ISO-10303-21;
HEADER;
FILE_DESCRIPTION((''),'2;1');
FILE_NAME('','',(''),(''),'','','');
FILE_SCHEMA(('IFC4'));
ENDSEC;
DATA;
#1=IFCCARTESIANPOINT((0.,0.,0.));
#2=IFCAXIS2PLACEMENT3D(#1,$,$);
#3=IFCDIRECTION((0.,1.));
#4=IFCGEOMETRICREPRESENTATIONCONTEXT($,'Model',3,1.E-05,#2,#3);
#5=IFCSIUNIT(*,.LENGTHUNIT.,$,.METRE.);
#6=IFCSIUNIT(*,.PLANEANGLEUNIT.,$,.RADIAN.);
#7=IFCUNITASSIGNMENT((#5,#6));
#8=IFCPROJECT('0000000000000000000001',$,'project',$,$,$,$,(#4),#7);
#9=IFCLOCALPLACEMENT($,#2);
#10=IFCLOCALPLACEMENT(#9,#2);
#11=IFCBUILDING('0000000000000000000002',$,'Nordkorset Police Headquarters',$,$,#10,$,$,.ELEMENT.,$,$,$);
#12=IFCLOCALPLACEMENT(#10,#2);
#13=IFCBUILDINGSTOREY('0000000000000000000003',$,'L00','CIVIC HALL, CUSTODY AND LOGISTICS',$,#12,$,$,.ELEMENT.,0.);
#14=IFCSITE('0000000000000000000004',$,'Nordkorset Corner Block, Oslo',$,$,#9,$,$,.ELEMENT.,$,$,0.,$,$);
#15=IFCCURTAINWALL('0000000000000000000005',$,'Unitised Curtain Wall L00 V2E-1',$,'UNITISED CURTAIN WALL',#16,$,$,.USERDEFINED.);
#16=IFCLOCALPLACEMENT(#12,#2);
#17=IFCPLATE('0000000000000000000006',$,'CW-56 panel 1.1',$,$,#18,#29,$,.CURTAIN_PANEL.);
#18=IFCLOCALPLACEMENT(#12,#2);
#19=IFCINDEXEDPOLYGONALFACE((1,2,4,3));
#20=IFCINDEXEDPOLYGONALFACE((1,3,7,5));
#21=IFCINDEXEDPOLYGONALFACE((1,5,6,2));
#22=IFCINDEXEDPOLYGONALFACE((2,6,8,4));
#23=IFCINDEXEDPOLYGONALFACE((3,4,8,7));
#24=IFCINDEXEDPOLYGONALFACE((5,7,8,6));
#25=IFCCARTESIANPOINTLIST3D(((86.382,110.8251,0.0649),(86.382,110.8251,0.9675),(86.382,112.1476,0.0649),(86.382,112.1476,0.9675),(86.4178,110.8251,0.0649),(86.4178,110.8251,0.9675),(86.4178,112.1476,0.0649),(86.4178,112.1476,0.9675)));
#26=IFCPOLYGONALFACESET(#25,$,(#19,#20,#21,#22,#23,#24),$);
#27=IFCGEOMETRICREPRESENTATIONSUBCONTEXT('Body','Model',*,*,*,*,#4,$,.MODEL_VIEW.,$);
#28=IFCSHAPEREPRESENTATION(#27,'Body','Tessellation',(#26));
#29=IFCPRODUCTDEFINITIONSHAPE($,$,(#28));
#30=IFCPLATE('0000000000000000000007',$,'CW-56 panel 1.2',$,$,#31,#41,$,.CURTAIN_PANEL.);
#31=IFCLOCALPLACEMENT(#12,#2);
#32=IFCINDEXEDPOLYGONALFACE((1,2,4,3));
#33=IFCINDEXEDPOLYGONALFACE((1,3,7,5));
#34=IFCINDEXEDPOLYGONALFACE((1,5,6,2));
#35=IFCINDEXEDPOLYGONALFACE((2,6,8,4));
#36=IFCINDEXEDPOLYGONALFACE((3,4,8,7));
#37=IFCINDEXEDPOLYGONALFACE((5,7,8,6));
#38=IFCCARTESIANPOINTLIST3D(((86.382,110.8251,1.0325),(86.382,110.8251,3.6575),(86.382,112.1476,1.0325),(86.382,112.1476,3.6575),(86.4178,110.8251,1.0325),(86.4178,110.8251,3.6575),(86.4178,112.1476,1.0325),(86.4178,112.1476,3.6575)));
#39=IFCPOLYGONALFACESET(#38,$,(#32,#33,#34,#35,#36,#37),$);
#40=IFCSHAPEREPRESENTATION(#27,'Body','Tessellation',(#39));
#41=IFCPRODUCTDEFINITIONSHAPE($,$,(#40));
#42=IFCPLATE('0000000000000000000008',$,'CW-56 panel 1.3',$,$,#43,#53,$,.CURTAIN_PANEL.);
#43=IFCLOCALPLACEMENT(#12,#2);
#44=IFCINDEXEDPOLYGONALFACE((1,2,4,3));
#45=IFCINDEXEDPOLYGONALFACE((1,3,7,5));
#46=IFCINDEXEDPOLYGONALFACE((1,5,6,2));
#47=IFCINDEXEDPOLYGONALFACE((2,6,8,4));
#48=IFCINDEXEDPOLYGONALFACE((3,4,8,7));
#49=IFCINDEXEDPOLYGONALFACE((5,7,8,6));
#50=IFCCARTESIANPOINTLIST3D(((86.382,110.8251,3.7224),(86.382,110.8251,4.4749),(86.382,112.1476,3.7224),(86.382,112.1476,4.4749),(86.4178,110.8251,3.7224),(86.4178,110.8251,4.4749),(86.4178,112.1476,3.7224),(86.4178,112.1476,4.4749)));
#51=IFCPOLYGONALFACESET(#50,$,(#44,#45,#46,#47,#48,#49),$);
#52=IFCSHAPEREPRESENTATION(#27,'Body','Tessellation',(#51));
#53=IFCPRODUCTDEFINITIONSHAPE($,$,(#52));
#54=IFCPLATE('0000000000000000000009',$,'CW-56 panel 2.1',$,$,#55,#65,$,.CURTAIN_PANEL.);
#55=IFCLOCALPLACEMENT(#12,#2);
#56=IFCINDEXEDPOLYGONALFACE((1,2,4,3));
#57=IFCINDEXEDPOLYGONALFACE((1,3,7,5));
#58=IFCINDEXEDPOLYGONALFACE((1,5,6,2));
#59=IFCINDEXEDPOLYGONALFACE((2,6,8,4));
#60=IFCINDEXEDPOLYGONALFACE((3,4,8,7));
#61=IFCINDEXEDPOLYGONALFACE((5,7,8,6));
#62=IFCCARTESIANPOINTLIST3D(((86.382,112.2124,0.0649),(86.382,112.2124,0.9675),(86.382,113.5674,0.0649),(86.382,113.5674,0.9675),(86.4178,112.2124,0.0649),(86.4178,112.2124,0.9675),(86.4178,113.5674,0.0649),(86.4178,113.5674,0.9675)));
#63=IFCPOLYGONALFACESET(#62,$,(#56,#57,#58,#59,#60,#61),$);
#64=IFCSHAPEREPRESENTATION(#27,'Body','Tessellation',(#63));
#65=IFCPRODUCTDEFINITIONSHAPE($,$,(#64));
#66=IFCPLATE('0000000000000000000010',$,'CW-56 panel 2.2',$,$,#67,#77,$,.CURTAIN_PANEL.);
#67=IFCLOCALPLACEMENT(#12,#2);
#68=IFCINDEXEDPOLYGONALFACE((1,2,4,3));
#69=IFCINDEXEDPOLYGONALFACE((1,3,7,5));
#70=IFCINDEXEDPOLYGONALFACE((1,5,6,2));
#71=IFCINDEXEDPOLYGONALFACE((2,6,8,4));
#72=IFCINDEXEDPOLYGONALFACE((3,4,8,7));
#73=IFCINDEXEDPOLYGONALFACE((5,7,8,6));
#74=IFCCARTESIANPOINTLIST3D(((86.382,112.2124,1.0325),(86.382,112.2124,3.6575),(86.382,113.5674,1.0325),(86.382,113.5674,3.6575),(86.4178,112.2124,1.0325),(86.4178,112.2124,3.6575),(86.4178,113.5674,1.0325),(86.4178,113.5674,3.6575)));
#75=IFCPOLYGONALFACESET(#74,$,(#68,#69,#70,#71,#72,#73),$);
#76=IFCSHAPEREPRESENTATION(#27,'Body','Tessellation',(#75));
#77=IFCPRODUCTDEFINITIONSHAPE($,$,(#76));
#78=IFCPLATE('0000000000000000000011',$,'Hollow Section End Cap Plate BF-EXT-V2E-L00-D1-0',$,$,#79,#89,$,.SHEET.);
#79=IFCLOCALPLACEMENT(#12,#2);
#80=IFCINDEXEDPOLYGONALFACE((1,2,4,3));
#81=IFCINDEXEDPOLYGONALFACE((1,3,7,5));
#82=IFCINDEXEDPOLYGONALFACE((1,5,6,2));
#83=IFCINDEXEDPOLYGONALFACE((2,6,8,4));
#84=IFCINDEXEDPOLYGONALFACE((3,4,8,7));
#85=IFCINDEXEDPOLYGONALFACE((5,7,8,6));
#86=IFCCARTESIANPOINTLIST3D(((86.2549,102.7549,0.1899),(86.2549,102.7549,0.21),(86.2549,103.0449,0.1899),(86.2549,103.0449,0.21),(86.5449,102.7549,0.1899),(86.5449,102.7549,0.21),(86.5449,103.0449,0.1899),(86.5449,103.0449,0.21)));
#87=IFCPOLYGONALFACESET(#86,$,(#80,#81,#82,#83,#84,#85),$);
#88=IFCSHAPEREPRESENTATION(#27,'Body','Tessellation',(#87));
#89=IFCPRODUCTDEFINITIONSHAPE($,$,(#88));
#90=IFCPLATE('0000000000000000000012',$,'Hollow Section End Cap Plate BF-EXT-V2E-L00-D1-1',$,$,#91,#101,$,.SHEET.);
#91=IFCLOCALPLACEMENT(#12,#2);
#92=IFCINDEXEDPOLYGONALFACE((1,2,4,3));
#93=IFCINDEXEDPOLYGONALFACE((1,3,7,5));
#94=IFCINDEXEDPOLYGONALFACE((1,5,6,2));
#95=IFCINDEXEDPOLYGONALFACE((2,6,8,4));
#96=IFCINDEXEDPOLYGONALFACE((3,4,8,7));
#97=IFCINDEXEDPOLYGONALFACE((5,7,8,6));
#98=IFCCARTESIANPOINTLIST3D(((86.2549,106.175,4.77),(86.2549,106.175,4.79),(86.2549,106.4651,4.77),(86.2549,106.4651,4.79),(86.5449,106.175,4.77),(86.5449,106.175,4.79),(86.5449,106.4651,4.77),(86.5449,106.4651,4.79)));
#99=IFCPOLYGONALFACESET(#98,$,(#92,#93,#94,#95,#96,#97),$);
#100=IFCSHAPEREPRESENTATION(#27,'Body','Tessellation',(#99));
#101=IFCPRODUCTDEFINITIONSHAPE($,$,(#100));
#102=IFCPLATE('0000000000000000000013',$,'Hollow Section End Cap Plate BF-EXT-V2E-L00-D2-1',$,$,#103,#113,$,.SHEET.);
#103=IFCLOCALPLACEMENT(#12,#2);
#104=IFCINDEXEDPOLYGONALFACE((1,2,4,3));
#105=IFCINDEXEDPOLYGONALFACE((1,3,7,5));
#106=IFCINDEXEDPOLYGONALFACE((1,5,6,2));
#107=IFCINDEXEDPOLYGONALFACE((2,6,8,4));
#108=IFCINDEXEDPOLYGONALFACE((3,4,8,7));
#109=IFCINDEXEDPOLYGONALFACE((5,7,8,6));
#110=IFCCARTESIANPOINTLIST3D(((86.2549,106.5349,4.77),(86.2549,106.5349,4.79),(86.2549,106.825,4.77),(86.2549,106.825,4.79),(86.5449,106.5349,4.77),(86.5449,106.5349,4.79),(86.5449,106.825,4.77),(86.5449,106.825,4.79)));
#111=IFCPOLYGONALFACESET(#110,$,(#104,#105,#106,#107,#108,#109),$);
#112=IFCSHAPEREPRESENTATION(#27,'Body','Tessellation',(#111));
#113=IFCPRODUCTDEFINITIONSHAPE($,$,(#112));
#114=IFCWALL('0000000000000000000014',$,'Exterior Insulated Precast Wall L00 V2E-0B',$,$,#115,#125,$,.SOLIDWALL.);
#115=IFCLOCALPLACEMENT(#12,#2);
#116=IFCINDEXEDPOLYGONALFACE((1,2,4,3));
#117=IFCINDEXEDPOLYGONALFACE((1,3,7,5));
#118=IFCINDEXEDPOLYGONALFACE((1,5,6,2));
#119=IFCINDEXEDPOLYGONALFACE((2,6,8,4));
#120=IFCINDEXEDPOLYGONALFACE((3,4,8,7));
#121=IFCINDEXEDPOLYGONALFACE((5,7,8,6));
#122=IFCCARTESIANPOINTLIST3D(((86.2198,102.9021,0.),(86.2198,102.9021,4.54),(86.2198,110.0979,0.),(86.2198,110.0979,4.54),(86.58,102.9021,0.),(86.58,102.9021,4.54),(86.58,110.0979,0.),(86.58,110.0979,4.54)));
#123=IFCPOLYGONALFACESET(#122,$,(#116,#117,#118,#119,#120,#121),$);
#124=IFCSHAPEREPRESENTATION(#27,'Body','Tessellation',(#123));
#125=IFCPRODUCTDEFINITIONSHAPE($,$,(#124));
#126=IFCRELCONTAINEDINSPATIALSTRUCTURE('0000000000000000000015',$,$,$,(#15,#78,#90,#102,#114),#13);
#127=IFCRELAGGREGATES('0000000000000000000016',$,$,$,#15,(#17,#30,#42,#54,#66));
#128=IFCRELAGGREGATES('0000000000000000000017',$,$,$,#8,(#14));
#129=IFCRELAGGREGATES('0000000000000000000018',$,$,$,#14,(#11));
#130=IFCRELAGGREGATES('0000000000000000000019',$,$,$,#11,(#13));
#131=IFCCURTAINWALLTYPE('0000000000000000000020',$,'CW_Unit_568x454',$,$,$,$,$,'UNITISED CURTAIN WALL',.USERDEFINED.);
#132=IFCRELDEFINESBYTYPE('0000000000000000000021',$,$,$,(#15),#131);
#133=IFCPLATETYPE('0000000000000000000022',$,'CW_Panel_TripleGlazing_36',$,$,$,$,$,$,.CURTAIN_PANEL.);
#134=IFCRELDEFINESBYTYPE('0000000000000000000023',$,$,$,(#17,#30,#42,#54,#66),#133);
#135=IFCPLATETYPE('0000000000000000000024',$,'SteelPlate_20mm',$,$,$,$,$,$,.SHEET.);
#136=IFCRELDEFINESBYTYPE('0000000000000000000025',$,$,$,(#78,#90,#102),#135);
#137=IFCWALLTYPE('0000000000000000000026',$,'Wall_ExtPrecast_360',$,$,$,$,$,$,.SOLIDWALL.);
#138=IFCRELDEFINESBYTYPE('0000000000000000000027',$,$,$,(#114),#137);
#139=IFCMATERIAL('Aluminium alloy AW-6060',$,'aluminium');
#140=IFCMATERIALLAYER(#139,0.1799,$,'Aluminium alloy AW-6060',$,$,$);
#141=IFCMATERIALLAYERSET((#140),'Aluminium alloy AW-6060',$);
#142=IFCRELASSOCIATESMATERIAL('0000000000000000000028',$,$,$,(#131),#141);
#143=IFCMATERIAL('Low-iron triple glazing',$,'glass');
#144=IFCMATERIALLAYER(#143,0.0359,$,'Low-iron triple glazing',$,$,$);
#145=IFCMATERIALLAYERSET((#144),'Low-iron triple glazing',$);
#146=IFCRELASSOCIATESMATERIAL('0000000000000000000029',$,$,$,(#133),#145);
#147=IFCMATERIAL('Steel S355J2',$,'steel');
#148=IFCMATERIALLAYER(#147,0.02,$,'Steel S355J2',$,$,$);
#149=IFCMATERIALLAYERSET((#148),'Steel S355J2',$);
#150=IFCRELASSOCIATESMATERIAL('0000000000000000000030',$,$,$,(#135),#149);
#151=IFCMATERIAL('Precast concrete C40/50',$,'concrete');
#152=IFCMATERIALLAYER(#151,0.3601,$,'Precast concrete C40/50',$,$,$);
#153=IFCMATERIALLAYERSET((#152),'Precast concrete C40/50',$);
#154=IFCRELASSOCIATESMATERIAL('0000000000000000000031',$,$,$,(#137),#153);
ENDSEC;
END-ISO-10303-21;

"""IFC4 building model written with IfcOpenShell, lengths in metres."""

from ifc_helpers import new_model, si_unit, direction, frame, frame_2d, origin, origin_2d, place, context, subcontext, project, spatial, rectangle, extrude, material, layer, layer_set, type_object, element, aggregate, save


model = new_model("IFC4")

# Units and contexts
model_context = context("Model", 3, precision=1e-05, world=origin(), true_north=direction((0.0, 1.0)))
body_context = subcontext(model_context, "Body", "Model", "MODEL_VIEW")
ifc_project = project(units=[si_unit("LENGTHUNIT", "METRE"), si_unit("PLANEANGLEUNIT", "RADIAN")], contexts=[model_context])

# Site, building, storey
site_placement = place(None, origin())
site = spatial("IfcSite", under=ifc_project, at=site_placement, Name="Nordkorset Corner Block, Oslo", CompositionType="ELEMENT", RefElevation=0.0)
building_placement = place(site_placement, origin())
building = spatial("IfcBuilding", under=site, at=building_placement, Name="Nordkorset Police Headquarters", CompositionType="ELEMENT")
storey_placement = place(building_placement, origin())
storey = spatial("IfcBuildingStorey", under=building, at=storey_placement, Name="L00", Description="CIVIC HALL, CUSTODY AND LOGISTICS", CompositionType="ELEMENT", Elevation=0.0)

# Curtain wall
ifc_material_1 = material(Name="Aluminium alloy AW-6060", Category="aluminium")
ifc_layer_1 = layer(ifc_material_1, 0.1799, Name="Aluminium alloy AW-6060")
ifc_layer_set_1 = layer_set([ifc_layer_1], Name="Aluminium alloy AW-6060")
curtain_wall_type = type_object("IfcCurtainWallType", Name="CW_Unit_568x454", ElementType="UNITISED CURTAIN WALL", PredefinedType="USERDEFINED", material=ifc_layer_set_1)
curtain_wall_placement = place(storey_placement, origin())
curtain_wall = element("IfcCurtainWall", 1, at=curtain_wall_placement, inside=storey, type_object=curtain_wall_type, Name="Unitised Curtain Wall L00 V2E-1", ObjectType="UNITISED CURTAIN WALL", PredefinedType="USERDEFINED")

# Plates
ifc_material_2 = material(Name="Low-iron triple glazing", Category="glass")
ifc_layer_2 = layer(ifc_material_2, 0.0359, Name="Low-iron triple glazing")
ifc_layer_set_2 = layer_set([ifc_layer_2], Name="Low-iron triple glazing")
plate_type_1 = type_object("IfcPlateType", Name="CW_Panel_TripleGlazing_36", PredefinedType="CURTAIN_PANEL", material=ifc_layer_set_2)
plate_1_placement = place(storey_placement, frame((86.3999, 111.4863, 0.0649), z_axis=(0.0, 0.0, 1.0), x_axis=(0.0, 1.0, 0.0)))
plate_1 = element("IfcPlate", 2, at=plate_1_placement, type_object=plate_type_1, Name="CW-56 panel 1.1", PredefinedType="CURTAIN_PANEL", context=body_context, shape_type="SweptSolid", body=[
    extrude(rectangle(XDim=1.3225, YDim=0.0359, at=origin_2d()), origin(), (0.0, 0.0, 1.0), 0.9026),
])
plate_2_placement = place(storey_placement, frame((86.3999, 111.4863, 1.0325), z_axis=(0.0, 0.0, 1.0), x_axis=(0.0, 1.0, 0.0)))
plate_2 = element("IfcPlate", 3, at=plate_2_placement, type_object=plate_type_1, Name="CW-56 panel 1.2", PredefinedType="CURTAIN_PANEL", context=body_context, shape_type="SweptSolid", body=[
    extrude(rectangle(XDim=1.3225, YDim=0.0359, at=origin_2d()), origin(), (0.0, 0.0, 1.0), 2.625),
])
plate_3_placement = place(storey_placement, frame((86.3999, 111.4863, 3.7224), z_axis=(0.0, 0.0, 1.0), x_axis=(0.0, 1.0, 0.0)))
plate_3 = element("IfcPlate", 4, at=plate_3_placement, type_object=plate_type_1, Name="CW-56 panel 1.3", PredefinedType="CURTAIN_PANEL", context=body_context, shape_type="SweptSolid", body=[
    extrude(rectangle(XDim=1.3225, YDim=0.0359, at=origin_2d()), origin(), (0.0, 0.0, 1.0), 0.7524),
])
plate_4_placement = place(storey_placement, frame((86.3999, 112.8899, 0.0649), z_axis=(0.0, 0.0, 1.0), x_axis=(0.0, 1.0, 0.0)))
plate_4 = element("IfcPlate", 5, at=plate_4_placement, type_object=plate_type_1, Name="CW-56 panel 2.1", PredefinedType="CURTAIN_PANEL", context=body_context, shape_type="SweptSolid", body=[
    extrude(rectangle(XDim=1.355, YDim=0.0359, at=origin_2d()), origin(), (0.0, 0.0, 1.0), 0.9026),
])
plate_5_placement = place(storey_placement, frame((86.3999, 112.8899, 1.0325), z_axis=(0.0, 0.0, 1.0), x_axis=(0.0, 1.0, 0.0)))
plate_5 = element("IfcPlate", 6, at=plate_5_placement, type_object=plate_type_1, Name="CW-56 panel 2.2", PredefinedType="CURTAIN_PANEL", context=body_context, shape_type="SweptSolid", body=[
    extrude(rectangle(XDim=1.355, YDim=0.0359, at=origin_2d()), origin(), (0.0, 0.0, 1.0), 2.625),
])
aggregate(curtain_wall, [plate_1, plate_2, plate_3, plate_4, plate_5])

# Plates
ifc_material_3 = material(Name="Steel S355J2", Category="steel")
ifc_layer_3 = layer(ifc_material_3, 0.02, Name="Steel S355J2")
ifc_layer_set_3 = layer_set([ifc_layer_3], Name="Steel S355J2")
plate_type_2 = type_object("IfcPlateType", Name="SteelPlate_20mm", PredefinedType="SHEET", material=ifc_layer_set_3)
for number, where, z_axis, x_axis, name in (
    (7, (86.3999, 102.8999, 0.1899), (0.0, 0.0, 1.0), (1.0, 0.0, 0.0), "Hollow Section End Cap Plate BF-EXT-V2E-L00-D1-0"),
    (8, (86.3999, 106.3201, 4.77), (0.0, 0.0, 1.0), (1.0, 0.0, 0.0), "Hollow Section End Cap Plate BF-EXT-V2E-L00-D1-1"),
    (9, (86.3999, 106.6799, 4.77), (0.0, 0.0, 1.0), (1.0, 0.0, 0.0), "Hollow Section End Cap Plate BF-EXT-V2E-L00-D2-1"),
):
    element("IfcPlate", number, at=place(storey_placement, frame(where, z_axis=z_axis, x_axis=x_axis)), inside=storey, type_object=plate_type_2, Name=name, PredefinedType="SHEET", context=body_context, shape_type="SweptSolid", body=[
        extrude(rectangle(XDim=0.29, YDim=0.29, at=origin_2d()), origin(), (0.0, 0.0, 1.0), 0.02),
    ])

# Wall
ifc_material_4 = material(Name="Precast concrete C40/50", Category="concrete")
ifc_layer_4 = layer(ifc_material_4, 0.3601, Name="Precast concrete C40/50")
ifc_layer_set_4 = layer_set([ifc_layer_4], Name="Precast concrete C40/50")
wall_type = type_object("IfcWallType", Name="Wall_ExtPrecast_360", PredefinedType="SOLIDWALL", material=ifc_layer_set_4)
wall_placement = place(storey_placement, frame((86.3999, 102.9021, 0.0), z_axis=(0.0, 0.0, 1.0), x_axis=(0.0, 1.0, 0.0)))
element("IfcWall", 10, at=wall_placement, inside=storey, type_object=wall_type, Name="Exterior Insulated Precast Wall L00 V2E-0B", PredefinedType="SOLIDWALL", context=body_context, shape_type="SweptSolid", body=[
    extrude(rectangle(XDim=7.1958, YDim=0.3601, at=frame_2d((3.5979, 0.0))), origin(), (0.0, 0.0, 1.0), 4.54),
])

save(model, "model.ifc")
